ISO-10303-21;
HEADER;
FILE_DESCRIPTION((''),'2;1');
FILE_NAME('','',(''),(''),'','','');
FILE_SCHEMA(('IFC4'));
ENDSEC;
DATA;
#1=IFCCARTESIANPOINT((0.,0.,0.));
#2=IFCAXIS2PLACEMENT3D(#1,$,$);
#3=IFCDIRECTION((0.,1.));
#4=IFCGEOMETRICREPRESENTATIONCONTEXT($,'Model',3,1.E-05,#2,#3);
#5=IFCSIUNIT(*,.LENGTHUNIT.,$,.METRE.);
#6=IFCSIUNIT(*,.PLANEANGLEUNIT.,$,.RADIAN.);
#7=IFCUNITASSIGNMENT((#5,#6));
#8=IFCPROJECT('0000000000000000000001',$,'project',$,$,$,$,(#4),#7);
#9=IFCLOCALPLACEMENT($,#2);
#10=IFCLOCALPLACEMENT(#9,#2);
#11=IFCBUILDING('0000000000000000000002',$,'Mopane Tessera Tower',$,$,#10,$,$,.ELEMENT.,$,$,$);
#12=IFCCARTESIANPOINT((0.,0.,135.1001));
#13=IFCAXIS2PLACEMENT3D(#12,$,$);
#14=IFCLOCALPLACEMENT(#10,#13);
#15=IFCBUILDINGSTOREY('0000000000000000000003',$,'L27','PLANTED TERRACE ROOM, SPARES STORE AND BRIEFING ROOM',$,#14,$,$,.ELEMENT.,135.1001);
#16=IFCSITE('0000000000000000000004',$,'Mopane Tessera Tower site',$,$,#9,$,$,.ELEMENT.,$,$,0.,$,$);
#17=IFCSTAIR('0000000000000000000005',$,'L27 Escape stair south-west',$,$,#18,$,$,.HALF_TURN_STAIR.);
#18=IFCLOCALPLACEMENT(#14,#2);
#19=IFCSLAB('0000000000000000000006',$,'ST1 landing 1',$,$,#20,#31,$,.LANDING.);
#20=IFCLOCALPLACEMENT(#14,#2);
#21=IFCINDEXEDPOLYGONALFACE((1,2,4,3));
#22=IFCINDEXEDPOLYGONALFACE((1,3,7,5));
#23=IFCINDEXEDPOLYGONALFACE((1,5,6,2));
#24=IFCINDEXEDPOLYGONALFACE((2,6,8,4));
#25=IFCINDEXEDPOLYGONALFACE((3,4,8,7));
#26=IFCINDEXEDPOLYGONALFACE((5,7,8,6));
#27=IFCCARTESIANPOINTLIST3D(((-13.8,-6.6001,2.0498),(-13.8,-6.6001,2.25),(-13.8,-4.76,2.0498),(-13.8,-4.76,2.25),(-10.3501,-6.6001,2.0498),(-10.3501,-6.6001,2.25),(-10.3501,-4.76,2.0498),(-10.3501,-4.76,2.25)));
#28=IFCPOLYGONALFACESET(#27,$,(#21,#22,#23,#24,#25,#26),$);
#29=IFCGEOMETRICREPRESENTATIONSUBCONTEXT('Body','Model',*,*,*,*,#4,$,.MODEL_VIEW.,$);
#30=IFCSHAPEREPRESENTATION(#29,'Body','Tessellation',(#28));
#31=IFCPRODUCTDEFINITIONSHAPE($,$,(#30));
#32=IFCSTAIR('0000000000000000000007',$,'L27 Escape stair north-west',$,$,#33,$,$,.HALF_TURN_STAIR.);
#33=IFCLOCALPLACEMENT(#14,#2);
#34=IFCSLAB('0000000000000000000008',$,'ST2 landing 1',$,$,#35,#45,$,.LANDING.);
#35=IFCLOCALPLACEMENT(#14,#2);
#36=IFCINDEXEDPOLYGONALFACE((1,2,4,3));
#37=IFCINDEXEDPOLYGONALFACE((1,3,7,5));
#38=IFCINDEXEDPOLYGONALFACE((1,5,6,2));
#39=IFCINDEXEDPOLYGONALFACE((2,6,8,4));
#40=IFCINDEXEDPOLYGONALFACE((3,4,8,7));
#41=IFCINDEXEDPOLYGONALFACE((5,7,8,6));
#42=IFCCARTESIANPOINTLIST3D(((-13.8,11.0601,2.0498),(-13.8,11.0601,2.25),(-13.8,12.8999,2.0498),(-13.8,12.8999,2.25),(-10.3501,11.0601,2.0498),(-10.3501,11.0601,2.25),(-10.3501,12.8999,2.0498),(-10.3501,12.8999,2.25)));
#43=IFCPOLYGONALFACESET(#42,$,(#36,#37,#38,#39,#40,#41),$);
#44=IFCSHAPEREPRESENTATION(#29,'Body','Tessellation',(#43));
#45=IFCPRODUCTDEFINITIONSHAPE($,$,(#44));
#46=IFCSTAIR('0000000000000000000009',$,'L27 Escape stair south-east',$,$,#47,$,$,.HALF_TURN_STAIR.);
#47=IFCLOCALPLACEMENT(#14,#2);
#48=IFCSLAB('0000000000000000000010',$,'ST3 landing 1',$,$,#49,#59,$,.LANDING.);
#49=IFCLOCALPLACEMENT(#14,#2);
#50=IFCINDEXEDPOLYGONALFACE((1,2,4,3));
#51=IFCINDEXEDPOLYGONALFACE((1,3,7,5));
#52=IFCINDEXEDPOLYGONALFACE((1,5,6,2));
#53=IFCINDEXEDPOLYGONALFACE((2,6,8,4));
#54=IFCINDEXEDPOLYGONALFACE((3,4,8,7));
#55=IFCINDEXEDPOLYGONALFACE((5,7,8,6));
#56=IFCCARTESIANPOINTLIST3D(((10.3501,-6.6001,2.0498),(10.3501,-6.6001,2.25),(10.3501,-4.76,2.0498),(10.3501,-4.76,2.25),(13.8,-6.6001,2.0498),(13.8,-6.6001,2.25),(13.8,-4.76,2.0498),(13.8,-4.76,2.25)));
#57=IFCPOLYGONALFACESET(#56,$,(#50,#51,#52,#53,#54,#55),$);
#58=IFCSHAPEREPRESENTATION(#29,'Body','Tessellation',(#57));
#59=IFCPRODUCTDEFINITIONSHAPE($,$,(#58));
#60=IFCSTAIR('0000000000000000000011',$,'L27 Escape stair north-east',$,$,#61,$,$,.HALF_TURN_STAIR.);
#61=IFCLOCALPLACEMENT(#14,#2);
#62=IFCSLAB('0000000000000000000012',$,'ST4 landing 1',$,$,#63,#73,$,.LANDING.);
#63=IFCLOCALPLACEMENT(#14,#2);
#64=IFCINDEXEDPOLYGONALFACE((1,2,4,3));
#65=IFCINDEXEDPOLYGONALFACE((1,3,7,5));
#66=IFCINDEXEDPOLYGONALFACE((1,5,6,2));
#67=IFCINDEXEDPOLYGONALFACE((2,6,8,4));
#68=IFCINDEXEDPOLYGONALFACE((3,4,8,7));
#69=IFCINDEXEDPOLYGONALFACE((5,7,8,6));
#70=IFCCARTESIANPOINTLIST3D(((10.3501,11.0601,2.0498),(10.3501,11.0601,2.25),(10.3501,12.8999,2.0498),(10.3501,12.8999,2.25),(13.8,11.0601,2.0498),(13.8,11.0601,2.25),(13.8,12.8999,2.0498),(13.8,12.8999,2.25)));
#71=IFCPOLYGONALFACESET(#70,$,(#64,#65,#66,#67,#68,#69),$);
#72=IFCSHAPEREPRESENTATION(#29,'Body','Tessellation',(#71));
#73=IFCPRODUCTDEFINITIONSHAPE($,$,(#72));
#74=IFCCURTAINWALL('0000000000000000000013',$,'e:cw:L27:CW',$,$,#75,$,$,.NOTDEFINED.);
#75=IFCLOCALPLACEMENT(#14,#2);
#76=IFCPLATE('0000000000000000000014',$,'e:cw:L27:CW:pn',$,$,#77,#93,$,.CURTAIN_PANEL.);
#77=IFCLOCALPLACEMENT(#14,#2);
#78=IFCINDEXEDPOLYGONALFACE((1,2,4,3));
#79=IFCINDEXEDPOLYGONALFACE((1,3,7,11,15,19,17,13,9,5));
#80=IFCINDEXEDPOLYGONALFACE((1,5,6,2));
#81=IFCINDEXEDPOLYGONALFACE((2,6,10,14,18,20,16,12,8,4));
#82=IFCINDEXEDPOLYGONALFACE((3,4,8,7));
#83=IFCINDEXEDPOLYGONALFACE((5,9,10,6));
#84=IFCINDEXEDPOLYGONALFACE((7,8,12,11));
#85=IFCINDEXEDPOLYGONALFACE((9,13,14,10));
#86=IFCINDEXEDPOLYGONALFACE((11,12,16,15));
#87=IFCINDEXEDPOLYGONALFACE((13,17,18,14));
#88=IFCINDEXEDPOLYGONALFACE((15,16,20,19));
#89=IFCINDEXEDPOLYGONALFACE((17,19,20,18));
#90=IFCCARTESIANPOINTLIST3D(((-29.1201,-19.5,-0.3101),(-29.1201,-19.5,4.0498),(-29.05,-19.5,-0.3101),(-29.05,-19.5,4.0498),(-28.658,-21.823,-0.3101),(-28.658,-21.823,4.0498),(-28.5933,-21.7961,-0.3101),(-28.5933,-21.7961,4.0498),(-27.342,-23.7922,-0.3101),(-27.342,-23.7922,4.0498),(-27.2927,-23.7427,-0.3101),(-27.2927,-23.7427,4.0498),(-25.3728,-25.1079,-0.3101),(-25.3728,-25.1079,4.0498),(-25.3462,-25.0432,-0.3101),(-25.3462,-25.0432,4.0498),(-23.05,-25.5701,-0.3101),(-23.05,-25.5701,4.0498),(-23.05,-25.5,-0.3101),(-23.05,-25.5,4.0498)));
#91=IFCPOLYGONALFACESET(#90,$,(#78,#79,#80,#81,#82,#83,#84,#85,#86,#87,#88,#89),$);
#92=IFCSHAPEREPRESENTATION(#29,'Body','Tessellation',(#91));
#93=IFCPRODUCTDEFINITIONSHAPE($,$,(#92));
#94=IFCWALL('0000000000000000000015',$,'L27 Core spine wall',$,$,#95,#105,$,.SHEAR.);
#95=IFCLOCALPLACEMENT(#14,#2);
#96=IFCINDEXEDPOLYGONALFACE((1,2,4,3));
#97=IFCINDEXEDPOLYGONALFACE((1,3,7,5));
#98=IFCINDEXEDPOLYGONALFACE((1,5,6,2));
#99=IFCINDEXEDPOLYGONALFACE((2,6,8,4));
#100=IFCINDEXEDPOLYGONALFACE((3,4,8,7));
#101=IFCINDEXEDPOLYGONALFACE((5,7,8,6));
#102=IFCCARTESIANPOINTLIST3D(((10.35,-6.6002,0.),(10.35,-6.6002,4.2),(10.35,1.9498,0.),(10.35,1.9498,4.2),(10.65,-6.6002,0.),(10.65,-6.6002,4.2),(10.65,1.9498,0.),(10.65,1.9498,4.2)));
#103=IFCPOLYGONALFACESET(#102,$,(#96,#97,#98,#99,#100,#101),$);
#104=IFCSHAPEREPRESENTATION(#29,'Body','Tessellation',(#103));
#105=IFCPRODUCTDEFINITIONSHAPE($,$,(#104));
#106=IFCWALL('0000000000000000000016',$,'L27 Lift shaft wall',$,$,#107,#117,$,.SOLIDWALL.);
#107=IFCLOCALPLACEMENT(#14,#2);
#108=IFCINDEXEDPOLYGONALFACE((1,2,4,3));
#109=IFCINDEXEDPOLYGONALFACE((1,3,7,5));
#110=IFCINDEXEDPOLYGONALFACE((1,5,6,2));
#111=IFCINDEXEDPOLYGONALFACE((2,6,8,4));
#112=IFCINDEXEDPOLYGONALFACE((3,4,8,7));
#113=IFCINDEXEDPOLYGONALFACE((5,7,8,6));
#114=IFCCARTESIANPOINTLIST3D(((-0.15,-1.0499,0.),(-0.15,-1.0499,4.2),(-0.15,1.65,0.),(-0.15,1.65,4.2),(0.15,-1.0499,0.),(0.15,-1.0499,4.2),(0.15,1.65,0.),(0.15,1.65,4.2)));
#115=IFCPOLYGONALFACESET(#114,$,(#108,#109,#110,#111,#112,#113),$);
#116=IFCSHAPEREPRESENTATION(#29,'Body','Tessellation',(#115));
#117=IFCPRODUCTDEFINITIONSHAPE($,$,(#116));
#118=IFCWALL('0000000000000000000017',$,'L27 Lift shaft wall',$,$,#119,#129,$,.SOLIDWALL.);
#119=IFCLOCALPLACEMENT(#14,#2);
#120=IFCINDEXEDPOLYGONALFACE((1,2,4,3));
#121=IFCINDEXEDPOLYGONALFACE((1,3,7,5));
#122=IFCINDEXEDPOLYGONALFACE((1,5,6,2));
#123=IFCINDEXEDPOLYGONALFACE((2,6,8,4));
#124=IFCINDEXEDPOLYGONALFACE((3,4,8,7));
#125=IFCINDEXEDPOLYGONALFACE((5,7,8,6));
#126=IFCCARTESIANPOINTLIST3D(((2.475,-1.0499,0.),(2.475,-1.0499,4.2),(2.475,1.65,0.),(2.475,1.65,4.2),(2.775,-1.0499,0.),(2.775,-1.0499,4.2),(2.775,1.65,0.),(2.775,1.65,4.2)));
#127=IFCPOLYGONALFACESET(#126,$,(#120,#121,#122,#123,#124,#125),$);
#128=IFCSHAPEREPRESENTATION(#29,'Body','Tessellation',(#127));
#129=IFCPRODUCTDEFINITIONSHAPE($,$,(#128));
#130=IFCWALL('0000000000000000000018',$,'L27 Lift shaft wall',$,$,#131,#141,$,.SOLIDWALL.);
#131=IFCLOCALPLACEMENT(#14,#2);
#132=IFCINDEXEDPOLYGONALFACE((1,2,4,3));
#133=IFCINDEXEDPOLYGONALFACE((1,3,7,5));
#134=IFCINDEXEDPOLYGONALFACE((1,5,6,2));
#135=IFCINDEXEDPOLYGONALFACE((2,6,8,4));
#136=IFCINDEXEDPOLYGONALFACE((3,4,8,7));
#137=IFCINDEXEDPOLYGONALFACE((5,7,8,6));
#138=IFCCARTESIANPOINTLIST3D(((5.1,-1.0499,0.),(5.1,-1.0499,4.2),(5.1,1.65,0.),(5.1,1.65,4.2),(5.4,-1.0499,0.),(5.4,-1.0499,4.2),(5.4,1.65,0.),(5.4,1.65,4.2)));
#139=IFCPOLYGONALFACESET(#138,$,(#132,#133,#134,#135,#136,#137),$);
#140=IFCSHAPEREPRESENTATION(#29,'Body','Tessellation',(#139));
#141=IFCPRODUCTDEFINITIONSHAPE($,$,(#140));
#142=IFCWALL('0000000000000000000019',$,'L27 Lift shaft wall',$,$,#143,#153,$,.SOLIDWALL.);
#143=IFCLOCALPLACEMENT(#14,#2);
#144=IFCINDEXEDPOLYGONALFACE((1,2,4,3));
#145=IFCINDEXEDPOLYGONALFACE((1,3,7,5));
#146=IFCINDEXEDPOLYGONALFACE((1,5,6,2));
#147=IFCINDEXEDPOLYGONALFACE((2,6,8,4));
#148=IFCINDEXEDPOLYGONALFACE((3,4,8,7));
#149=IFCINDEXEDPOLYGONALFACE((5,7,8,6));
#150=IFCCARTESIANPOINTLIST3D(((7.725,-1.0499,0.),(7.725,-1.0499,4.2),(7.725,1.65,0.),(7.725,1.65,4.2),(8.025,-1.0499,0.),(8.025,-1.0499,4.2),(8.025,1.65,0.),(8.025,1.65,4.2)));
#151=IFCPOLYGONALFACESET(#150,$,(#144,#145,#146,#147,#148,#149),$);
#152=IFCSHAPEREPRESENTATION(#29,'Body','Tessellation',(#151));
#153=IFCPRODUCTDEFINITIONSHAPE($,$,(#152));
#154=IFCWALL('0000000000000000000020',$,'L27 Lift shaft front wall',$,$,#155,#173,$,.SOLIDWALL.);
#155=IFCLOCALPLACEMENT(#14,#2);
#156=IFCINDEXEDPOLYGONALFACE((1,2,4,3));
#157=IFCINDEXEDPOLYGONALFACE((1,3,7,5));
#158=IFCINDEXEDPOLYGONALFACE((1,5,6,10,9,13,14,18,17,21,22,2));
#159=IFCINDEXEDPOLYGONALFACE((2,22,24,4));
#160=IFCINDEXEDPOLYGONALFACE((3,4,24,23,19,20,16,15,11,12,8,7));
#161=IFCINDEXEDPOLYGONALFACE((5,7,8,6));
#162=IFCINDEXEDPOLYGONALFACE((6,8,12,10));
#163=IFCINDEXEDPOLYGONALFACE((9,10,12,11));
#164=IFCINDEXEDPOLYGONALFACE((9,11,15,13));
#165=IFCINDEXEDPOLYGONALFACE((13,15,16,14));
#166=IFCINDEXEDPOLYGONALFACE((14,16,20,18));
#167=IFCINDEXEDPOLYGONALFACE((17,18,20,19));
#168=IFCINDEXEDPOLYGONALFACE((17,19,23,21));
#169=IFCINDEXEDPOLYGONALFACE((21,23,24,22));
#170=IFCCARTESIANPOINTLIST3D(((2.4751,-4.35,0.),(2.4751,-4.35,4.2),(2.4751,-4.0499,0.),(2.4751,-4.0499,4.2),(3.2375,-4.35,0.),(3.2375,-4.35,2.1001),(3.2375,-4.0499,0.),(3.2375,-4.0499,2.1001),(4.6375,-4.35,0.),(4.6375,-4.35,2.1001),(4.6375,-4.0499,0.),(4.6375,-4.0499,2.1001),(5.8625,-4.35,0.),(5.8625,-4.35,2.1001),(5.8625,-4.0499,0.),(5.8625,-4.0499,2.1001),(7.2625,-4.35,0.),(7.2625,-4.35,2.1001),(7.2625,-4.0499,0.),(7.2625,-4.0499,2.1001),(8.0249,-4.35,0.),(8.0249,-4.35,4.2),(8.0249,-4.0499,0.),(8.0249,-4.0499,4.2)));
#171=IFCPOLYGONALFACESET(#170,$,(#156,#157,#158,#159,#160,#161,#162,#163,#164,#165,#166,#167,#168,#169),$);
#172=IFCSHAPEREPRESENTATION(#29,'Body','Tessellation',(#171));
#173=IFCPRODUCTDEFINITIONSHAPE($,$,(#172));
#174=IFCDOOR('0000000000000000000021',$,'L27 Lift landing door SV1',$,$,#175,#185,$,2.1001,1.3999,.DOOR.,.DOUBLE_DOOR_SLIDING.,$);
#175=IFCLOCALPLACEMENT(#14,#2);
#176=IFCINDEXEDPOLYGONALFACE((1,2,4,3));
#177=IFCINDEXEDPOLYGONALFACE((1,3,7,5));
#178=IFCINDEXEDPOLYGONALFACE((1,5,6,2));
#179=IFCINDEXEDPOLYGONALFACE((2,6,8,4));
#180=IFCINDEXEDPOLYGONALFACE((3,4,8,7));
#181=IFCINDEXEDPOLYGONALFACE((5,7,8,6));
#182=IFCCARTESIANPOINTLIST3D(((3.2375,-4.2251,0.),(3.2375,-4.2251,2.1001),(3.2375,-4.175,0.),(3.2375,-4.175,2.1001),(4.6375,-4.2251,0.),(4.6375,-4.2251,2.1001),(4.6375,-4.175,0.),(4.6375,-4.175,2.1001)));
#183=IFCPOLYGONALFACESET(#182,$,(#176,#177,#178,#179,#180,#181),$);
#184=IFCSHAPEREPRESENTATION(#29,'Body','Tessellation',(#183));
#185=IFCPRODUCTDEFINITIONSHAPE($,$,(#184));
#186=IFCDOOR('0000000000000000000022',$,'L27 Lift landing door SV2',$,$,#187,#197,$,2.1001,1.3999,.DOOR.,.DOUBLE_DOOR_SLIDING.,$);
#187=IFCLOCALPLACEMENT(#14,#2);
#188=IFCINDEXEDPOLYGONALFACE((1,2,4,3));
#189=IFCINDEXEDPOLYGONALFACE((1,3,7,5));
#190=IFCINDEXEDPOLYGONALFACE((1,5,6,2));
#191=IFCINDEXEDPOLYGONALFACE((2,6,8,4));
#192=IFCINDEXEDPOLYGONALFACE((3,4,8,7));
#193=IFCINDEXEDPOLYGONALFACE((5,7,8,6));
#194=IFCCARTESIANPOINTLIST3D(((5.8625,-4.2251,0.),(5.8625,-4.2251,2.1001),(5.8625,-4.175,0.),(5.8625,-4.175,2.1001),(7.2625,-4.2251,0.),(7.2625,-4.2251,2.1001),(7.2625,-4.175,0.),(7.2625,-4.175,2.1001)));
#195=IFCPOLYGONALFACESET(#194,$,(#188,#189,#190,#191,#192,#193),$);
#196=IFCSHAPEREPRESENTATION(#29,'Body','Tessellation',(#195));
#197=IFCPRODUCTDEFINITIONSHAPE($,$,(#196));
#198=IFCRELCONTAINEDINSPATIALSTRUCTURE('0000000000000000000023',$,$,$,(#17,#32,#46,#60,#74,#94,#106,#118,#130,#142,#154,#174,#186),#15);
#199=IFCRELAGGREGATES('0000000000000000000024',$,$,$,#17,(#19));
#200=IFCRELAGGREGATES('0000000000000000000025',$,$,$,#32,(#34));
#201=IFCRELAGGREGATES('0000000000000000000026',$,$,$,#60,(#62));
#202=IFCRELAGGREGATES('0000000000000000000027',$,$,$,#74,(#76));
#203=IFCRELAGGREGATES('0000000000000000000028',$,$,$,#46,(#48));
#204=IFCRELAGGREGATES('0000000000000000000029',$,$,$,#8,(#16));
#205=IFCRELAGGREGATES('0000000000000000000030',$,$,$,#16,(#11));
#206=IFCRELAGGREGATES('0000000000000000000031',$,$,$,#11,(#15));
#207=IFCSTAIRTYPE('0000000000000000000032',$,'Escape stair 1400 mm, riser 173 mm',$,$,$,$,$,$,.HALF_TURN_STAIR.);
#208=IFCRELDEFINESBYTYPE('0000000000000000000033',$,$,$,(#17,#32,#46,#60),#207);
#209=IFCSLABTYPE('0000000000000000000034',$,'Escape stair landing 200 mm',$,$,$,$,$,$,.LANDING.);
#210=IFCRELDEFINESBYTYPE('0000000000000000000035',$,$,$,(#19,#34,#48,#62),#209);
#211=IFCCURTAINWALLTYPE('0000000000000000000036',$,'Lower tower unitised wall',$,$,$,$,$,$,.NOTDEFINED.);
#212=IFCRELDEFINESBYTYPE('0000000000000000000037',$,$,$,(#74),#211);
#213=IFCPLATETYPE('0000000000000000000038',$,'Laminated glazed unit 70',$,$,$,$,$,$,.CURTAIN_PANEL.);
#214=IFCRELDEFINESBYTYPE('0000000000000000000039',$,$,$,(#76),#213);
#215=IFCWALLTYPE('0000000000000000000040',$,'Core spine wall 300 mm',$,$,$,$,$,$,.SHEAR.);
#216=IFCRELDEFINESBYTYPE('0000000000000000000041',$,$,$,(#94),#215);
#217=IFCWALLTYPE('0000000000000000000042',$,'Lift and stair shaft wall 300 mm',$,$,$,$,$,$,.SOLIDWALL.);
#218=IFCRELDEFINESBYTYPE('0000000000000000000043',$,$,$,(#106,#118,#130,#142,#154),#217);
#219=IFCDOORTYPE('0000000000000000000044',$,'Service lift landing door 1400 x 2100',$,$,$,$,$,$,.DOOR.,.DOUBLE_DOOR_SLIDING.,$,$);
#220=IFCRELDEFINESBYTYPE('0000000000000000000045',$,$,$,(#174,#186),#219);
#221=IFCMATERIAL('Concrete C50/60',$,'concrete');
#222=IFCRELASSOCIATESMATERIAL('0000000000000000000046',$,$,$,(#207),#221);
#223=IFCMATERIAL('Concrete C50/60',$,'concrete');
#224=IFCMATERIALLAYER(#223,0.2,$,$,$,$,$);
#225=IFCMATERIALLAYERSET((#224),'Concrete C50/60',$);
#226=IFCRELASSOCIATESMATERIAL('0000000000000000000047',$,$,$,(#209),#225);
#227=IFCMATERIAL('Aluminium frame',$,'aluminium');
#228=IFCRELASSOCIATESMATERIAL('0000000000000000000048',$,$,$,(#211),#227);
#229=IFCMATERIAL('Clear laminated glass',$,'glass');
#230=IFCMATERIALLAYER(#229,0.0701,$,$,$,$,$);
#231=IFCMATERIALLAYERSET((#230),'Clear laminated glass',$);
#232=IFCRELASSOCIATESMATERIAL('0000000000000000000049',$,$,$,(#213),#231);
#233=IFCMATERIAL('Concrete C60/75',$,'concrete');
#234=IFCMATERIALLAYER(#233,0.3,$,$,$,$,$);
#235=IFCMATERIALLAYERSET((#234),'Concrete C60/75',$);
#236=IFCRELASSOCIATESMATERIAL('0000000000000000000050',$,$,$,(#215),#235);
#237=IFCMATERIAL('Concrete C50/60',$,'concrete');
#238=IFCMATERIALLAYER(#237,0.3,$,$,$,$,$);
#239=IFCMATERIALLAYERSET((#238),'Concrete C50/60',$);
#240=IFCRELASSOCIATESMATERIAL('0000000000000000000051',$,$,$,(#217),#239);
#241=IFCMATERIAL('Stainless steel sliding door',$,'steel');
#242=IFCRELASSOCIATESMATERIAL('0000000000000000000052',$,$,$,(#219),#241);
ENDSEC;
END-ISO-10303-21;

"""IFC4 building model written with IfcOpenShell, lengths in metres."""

from ifc_helpers import new_model, si_unit, direction, frame, frame_2d, origin, place, context, subcontext, project, spatial, polyline, rectangle, outline, extrude, material, layer, layer_set, type_object, element, fill, aggregate, save


model = new_model("IFC4")

# Units and contexts
model_context = context("Model", 3, precision=1e-05, world=origin(), true_north=direction((0.0, 1.0)))
body_context = subcontext(model_context, "Body", "Model", "MODEL_VIEW")
ifc_project = project(units=[si_unit("LENGTHUNIT", "METRE"), si_unit("PLANEANGLEUNIT", "RADIAN")], contexts=[model_context])

# Site, building, storey
site_placement = place(None, origin())
site = spatial("IfcSite", under=ifc_project, at=site_placement, Name="Mopane Tessera Tower site", CompositionType="ELEMENT", RefElevation=0.0)
building_placement = place(site_placement, origin())
building = spatial("IfcBuilding", under=site, at=building_placement, Name="Mopane Tessera Tower", CompositionType="ELEMENT")
storey_placement = place(building_placement, frame((0.0, 0.0, 135.1001)))
storey = spatial("IfcBuildingStorey", under=building, at=storey_placement, Name="L27", Description="PLANTED TERRACE ROOM, SPARES STORE AND BRIEFING ROOM", CompositionType="ELEMENT", Elevation=135.1001)

# Stairs, slabs
ifc_material_1 = material(Name="Concrete C50/60", Category="concrete")
stair_type = type_object("IfcStairType", Name="Escape stair 1400 mm, riser 173 mm", PredefinedType="HALF_TURN_STAIR", material=ifc_material_1)
stair_1_placement = place(storey_placement, origin())
stair_1 = element("IfcStair", 1, at=stair_1_placement, inside=storey, type_object=stair_type, Name="L27 Escape stair south-west", PredefinedType="HALF_TURN_STAIR")
ifc_material_2 = material(Name="Concrete C50/60", Category="concrete")
ifc_layer_1 = layer(ifc_material_2, 0.2)
ifc_layer_set_1 = layer_set([ifc_layer_1], Name="Concrete C50/60")
slab_type = type_object("IfcSlabType", Name="Escape stair landing 200 mm", PredefinedType="LANDING", material=ifc_layer_set_1)
slab_1_placement = place(storey_placement, frame((0.0, 0.0, 2.0498)))
slab_1 = element("IfcSlab", 2, at=slab_1_placement, type_object=slab_type, Name="ST1 landing 1", PredefinedType="LANDING", context=body_context, shape_type="SweptSolid", body=[
    extrude(outline(polyline([(-13.8, -4.76), (-13.8, -6.6001), (-10.3501, -6.6001), (-10.3501, -4.76), (-13.8, -4.76)])), origin(), (0.0, 0.0, 1.0), 0.2002),
])
aggregate(stair_1, [slab_1])
stair_2_placement = place(storey_placement, origin())
stair_2 = element("IfcStair", 3, at=stair_2_placement, inside=storey, type_object=stair_type, Name="L27 Escape stair north-west", PredefinedType="HALF_TURN_STAIR")
slab_2_placement = place(storey_placement, frame((0.0, 0.0, 2.0498)))
slab_2 = element("IfcSlab", 4, at=slab_2_placement, type_object=slab_type, Name="ST2 landing 1", PredefinedType="LANDING", context=body_context, shape_type="SweptSolid", body=[
    extrude(outline(polyline([(-10.3501, 11.0601), (-10.3501, 12.8999), (-13.8, 12.8999), (-13.8, 11.0601), (-10.3501, 11.0601)])), origin(), (0.0, 0.0, 1.0), 0.2002),
])
aggregate(stair_2, [slab_2])
stair_3_placement = place(storey_placement, origin())
stair_3 = element("IfcStair", 5, at=stair_3_placement, inside=storey, type_object=stair_type, Name="L27 Escape stair south-east", PredefinedType="HALF_TURN_STAIR")
slab_3_placement = place(storey_placement, frame((0.0, 0.0, 2.0498)))
slab_3 = element("IfcSlab", 6, at=slab_3_placement, type_object=slab_type, Name="ST3 landing 1", PredefinedType="LANDING", context=body_context, shape_type="SweptSolid", body=[
    extrude(outline(polyline([(10.3501, -4.76), (10.3501, -6.6001), (13.8, -6.6001), (13.8, -4.76), (10.3501, -4.76)])), origin(), (0.0, 0.0, 1.0), 0.2002),
])
stair_4_placement = place(storey_placement, origin())
stair_4 = element("IfcStair", 7, at=stair_4_placement, inside=storey, type_object=stair_type, Name="L27 Escape stair north-east", PredefinedType="HALF_TURN_STAIR")
slab_4_placement = place(storey_placement, frame((0.0, 0.0, 2.0498)))
slab_4 = element("IfcSlab", 8, at=slab_4_placement, type_object=slab_type, Name="ST4 landing 1", PredefinedType="LANDING", context=body_context, shape_type="SweptSolid", body=[
    extrude(outline(polyline([(13.8, 11.0601), (13.8, 12.8999), (10.3501, 12.8999), (10.3501, 11.0601), (13.8, 11.0601)])), origin(), (0.0, 0.0, 1.0), 0.2002),
])
aggregate(stair_4, [slab_4])

# Curtain wall, plate
ifc_material_3 = material(Name="Aluminium frame", Category="aluminium")
curtain_wall_type = type_object("IfcCurtainWallType", Name="Lower tower unitised wall", PredefinedType="NOTDEFINED", material=ifc_material_3)
curtain_wall_placement = place(storey_placement, origin())
curtain_wall = element("IfcCurtainWall", 9, at=curtain_wall_placement, inside=storey, type_object=curtain_wall_type, Name="e:cw:L27:CW", PredefinedType="NOTDEFINED")
ifc_material_4 = material(Name="Clear laminated glass", Category="glass")
ifc_layer_2 = layer(ifc_material_4, 0.0701)
ifc_layer_set_2 = layer_set([ifc_layer_2], Name="Clear laminated glass")
plate_type = type_object("IfcPlateType", Name="Laminated glazed unit 70", PredefinedType="CURTAIN_PANEL", material=ifc_layer_set_2)
plate_placement = place(storey_placement, frame((0.0, 0.0, -0.3101)))
plate = element("IfcPlate", 10, at=plate_placement, type_object=plate_type, Name="e:cw:L27:CW:pn", PredefinedType="CURTAIN_PANEL", context=body_context, shape_type="SweptSolid", body=[
    extrude(outline(polyline([(-29.05, -19.5), (-28.5933, -21.7961), (-27.2927, -23.7427), (-25.3462, -25.0432), (-23.05, -25.5), (-23.05, -25.5701), (-25.3728, -25.1079), (-27.342, -23.7922), (-28.658, -21.823), (-29.1201, -19.5), (-29.05, -19.5)])), origin(), (0.0, 0.0, 1.0), 4.3599),
])
aggregate(curtain_wall, [plate])

# Walls
ifc_material_5 = material(Name="Concrete C60/75", Category="concrete")
ifc_layer_3 = layer(ifc_material_5, 0.3)
ifc_layer_set_3 = layer_set([ifc_layer_3], Name="Concrete C60/75")
wall_type_1 = type_object("IfcWallType", Name="Core spine wall 300 mm", PredefinedType="SHEAR", material=ifc_layer_set_3)
wall_1_placement = place(storey_placement, frame((10.5, -6.6001, 0.0), z_axis=(0.0, 0.0, 1.0), x_axis=(0.0, 1.0, 0.0)))
element("IfcWall", 11, at=wall_1_placement, inside=storey, type_object=wall_type_1, Name="L27 Core spine wall", PredefinedType="SHEAR", context=body_context, shape_type="SweptSolid", body=[
    extrude(rectangle(XDim=8.55, YDim=0.3, at=frame_2d((4.2749, 0.0))), origin(), (0.0, 0.0, 1.0), 4.2),
])
ifc_material_6 = material(Name="Concrete C50/60", Category="concrete")
ifc_layer_4 = layer(ifc_material_6, 0.3)
ifc_layer_set_4 = layer_set([ifc_layer_4], Name="Concrete C50/60")
wall_type_2 = type_object("IfcWallType", Name="Lift and stair shaft wall 300 mm", PredefinedType="SOLIDWALL", material=ifc_layer_set_4)
for number, where, z_axis, x_axis, name in (
    (12, (0.0, -1.05, 0.0), (0.0, 0.0, 1.0), (0.0, 1.0, 0.0), "L27 Lift shaft wall"),
    (13, (2.625, -1.05, 0.0), (0.0, 0.0, 1.0), (0.0, 1.0, 0.0), "L27 Lift shaft wall"),
    (14, (5.25, -1.05, 0.0), (0.0, 0.0, 1.0), (0.0, 1.0, 0.0), "L27 Lift shaft wall"),
    (15, (7.875, -1.05, 0.0), (0.0, 0.0, 1.0), (0.0, 1.0, 0.0), "L27 Lift shaft wall"),
):
    element("IfcWall", number, at=place(storey_placement, frame(where, z_axis=z_axis, x_axis=x_axis)), inside=storey, type_object=wall_type_2, Name=name, PredefinedType="SOLIDWALL", context=body_context, shape_type="SweptSolid", body=[
        extrude(rectangle(XDim=2.7, YDim=0.3, at=frame_2d((1.3501, 0.0))), origin(), (0.0, 0.0, 1.0), 4.2),
    ])

# Wall, openings, doors
wall_2_placement = place(storey_placement, frame((2.4751, -4.2, 0.0), z_axis=(0.0, 0.0, 1.0), x_axis=(1.0, 0.0, 0.0)))
wall_2 = element("IfcWall", 16, at=wall_2_placement, inside=storey, type_object=wall_type_2, Name="L27 Lift shaft front wall", PredefinedType="SOLIDWALL", context=body_context, shape_type="SweptSolid", body=[
    extrude(rectangle(XDim=5.5498, YDim=0.3, at=frame_2d((2.7749, 0.0))), origin(), (0.0, 0.0, 1.0), 4.2),
])
opening_1_placement = place(wall_2_placement, frame((0.7625, 0.0, 0.0)))
opening_1 = element("IfcOpeningElement", 17, at=opening_1_placement, cuts=wall_2, PredefinedType="OPENING", context=body_context, shape_type="SweptSolid", body=[
    extrude(rectangle(XDim=1.3999, YDim=2.1001, at=frame_2d((0.7, 1.05))), frame((0.0, 0.1621, 0.0), z_axis=(0.0, -1.0, 0.0), x_axis=(1.0, 0.0, 0.0)), (0.0, 0.0, 1.0), 0.324),
])
opening_2_placement = place(wall_2_placement, frame((3.3875, 0.0, 0.0)))
opening_2 = element("IfcOpeningElement", 18, at=opening_2_placement, cuts=wall_2, PredefinedType="OPENING", context=body_context, shape_type="SweptSolid", body=[
    extrude(rectangle(XDim=1.3999, YDim=2.1001, at=frame_2d((0.7, 1.05))), frame((0.0, 0.1621, 0.0), z_axis=(0.0, -1.0, 0.0), x_axis=(1.0, 0.0, 0.0)), (0.0, 0.0, 1.0), 0.324),
])
ifc_material_7 = material(Name="Stainless steel sliding door", Category="steel")
door_type = type_object("IfcDoorType", Name="Service lift landing door 1400 x 2100", OperationType="DOUBLE_DOOR_SLIDING", PredefinedType="DOOR", material=ifc_material_7)
door_1_placement = place(opening_1_placement, origin())
door_1 = element("IfcDoor", 19, at=door_1_placement, inside=storey, type_object=door_type, Name="L27 Lift landing door SV1", OperationType="DOUBLE_DOOR_SLIDING", OverallHeight=2.1001, OverallWidth=1.3999, PredefinedType="DOOR", context=body_context, shape_type="SweptSolid", body=[
    extrude(rectangle(XDim=1.3999, YDim=2.1001, at=frame_2d((0.7, 1.05))), frame((0.0, 0.0249, 0.0), z_axis=(0.0, -1.0, 0.0), x_axis=(1.0, 0.0, 0.0)), (0.0, 0.0, 1.0), 0.05),
])
fill(opening_1, door_1)
door_2_placement = place(opening_2_placement, origin())
door_2 = element("IfcDoor", 20, at=door_2_placement, inside=storey, type_object=door_type, Name="L27 Lift landing door SV2", OperationType="DOUBLE_DOOR_SLIDING", OverallHeight=2.1001, OverallWidth=1.3999, PredefinedType="DOOR", context=body_context, shape_type="SweptSolid", body=[
    extrude(rectangle(XDim=1.3999, YDim=2.1001, at=frame_2d((0.7, 1.05))), frame((0.0, 0.0249, 0.0), z_axis=(0.0, -1.0, 0.0), x_axis=(1.0, 0.0, 0.0)), (0.0, 0.0, 1.0), 0.05),
])
fill(opening_2, door_2)

aggregate(stair_3, [slab_3])

save(model, "model.ifc")
